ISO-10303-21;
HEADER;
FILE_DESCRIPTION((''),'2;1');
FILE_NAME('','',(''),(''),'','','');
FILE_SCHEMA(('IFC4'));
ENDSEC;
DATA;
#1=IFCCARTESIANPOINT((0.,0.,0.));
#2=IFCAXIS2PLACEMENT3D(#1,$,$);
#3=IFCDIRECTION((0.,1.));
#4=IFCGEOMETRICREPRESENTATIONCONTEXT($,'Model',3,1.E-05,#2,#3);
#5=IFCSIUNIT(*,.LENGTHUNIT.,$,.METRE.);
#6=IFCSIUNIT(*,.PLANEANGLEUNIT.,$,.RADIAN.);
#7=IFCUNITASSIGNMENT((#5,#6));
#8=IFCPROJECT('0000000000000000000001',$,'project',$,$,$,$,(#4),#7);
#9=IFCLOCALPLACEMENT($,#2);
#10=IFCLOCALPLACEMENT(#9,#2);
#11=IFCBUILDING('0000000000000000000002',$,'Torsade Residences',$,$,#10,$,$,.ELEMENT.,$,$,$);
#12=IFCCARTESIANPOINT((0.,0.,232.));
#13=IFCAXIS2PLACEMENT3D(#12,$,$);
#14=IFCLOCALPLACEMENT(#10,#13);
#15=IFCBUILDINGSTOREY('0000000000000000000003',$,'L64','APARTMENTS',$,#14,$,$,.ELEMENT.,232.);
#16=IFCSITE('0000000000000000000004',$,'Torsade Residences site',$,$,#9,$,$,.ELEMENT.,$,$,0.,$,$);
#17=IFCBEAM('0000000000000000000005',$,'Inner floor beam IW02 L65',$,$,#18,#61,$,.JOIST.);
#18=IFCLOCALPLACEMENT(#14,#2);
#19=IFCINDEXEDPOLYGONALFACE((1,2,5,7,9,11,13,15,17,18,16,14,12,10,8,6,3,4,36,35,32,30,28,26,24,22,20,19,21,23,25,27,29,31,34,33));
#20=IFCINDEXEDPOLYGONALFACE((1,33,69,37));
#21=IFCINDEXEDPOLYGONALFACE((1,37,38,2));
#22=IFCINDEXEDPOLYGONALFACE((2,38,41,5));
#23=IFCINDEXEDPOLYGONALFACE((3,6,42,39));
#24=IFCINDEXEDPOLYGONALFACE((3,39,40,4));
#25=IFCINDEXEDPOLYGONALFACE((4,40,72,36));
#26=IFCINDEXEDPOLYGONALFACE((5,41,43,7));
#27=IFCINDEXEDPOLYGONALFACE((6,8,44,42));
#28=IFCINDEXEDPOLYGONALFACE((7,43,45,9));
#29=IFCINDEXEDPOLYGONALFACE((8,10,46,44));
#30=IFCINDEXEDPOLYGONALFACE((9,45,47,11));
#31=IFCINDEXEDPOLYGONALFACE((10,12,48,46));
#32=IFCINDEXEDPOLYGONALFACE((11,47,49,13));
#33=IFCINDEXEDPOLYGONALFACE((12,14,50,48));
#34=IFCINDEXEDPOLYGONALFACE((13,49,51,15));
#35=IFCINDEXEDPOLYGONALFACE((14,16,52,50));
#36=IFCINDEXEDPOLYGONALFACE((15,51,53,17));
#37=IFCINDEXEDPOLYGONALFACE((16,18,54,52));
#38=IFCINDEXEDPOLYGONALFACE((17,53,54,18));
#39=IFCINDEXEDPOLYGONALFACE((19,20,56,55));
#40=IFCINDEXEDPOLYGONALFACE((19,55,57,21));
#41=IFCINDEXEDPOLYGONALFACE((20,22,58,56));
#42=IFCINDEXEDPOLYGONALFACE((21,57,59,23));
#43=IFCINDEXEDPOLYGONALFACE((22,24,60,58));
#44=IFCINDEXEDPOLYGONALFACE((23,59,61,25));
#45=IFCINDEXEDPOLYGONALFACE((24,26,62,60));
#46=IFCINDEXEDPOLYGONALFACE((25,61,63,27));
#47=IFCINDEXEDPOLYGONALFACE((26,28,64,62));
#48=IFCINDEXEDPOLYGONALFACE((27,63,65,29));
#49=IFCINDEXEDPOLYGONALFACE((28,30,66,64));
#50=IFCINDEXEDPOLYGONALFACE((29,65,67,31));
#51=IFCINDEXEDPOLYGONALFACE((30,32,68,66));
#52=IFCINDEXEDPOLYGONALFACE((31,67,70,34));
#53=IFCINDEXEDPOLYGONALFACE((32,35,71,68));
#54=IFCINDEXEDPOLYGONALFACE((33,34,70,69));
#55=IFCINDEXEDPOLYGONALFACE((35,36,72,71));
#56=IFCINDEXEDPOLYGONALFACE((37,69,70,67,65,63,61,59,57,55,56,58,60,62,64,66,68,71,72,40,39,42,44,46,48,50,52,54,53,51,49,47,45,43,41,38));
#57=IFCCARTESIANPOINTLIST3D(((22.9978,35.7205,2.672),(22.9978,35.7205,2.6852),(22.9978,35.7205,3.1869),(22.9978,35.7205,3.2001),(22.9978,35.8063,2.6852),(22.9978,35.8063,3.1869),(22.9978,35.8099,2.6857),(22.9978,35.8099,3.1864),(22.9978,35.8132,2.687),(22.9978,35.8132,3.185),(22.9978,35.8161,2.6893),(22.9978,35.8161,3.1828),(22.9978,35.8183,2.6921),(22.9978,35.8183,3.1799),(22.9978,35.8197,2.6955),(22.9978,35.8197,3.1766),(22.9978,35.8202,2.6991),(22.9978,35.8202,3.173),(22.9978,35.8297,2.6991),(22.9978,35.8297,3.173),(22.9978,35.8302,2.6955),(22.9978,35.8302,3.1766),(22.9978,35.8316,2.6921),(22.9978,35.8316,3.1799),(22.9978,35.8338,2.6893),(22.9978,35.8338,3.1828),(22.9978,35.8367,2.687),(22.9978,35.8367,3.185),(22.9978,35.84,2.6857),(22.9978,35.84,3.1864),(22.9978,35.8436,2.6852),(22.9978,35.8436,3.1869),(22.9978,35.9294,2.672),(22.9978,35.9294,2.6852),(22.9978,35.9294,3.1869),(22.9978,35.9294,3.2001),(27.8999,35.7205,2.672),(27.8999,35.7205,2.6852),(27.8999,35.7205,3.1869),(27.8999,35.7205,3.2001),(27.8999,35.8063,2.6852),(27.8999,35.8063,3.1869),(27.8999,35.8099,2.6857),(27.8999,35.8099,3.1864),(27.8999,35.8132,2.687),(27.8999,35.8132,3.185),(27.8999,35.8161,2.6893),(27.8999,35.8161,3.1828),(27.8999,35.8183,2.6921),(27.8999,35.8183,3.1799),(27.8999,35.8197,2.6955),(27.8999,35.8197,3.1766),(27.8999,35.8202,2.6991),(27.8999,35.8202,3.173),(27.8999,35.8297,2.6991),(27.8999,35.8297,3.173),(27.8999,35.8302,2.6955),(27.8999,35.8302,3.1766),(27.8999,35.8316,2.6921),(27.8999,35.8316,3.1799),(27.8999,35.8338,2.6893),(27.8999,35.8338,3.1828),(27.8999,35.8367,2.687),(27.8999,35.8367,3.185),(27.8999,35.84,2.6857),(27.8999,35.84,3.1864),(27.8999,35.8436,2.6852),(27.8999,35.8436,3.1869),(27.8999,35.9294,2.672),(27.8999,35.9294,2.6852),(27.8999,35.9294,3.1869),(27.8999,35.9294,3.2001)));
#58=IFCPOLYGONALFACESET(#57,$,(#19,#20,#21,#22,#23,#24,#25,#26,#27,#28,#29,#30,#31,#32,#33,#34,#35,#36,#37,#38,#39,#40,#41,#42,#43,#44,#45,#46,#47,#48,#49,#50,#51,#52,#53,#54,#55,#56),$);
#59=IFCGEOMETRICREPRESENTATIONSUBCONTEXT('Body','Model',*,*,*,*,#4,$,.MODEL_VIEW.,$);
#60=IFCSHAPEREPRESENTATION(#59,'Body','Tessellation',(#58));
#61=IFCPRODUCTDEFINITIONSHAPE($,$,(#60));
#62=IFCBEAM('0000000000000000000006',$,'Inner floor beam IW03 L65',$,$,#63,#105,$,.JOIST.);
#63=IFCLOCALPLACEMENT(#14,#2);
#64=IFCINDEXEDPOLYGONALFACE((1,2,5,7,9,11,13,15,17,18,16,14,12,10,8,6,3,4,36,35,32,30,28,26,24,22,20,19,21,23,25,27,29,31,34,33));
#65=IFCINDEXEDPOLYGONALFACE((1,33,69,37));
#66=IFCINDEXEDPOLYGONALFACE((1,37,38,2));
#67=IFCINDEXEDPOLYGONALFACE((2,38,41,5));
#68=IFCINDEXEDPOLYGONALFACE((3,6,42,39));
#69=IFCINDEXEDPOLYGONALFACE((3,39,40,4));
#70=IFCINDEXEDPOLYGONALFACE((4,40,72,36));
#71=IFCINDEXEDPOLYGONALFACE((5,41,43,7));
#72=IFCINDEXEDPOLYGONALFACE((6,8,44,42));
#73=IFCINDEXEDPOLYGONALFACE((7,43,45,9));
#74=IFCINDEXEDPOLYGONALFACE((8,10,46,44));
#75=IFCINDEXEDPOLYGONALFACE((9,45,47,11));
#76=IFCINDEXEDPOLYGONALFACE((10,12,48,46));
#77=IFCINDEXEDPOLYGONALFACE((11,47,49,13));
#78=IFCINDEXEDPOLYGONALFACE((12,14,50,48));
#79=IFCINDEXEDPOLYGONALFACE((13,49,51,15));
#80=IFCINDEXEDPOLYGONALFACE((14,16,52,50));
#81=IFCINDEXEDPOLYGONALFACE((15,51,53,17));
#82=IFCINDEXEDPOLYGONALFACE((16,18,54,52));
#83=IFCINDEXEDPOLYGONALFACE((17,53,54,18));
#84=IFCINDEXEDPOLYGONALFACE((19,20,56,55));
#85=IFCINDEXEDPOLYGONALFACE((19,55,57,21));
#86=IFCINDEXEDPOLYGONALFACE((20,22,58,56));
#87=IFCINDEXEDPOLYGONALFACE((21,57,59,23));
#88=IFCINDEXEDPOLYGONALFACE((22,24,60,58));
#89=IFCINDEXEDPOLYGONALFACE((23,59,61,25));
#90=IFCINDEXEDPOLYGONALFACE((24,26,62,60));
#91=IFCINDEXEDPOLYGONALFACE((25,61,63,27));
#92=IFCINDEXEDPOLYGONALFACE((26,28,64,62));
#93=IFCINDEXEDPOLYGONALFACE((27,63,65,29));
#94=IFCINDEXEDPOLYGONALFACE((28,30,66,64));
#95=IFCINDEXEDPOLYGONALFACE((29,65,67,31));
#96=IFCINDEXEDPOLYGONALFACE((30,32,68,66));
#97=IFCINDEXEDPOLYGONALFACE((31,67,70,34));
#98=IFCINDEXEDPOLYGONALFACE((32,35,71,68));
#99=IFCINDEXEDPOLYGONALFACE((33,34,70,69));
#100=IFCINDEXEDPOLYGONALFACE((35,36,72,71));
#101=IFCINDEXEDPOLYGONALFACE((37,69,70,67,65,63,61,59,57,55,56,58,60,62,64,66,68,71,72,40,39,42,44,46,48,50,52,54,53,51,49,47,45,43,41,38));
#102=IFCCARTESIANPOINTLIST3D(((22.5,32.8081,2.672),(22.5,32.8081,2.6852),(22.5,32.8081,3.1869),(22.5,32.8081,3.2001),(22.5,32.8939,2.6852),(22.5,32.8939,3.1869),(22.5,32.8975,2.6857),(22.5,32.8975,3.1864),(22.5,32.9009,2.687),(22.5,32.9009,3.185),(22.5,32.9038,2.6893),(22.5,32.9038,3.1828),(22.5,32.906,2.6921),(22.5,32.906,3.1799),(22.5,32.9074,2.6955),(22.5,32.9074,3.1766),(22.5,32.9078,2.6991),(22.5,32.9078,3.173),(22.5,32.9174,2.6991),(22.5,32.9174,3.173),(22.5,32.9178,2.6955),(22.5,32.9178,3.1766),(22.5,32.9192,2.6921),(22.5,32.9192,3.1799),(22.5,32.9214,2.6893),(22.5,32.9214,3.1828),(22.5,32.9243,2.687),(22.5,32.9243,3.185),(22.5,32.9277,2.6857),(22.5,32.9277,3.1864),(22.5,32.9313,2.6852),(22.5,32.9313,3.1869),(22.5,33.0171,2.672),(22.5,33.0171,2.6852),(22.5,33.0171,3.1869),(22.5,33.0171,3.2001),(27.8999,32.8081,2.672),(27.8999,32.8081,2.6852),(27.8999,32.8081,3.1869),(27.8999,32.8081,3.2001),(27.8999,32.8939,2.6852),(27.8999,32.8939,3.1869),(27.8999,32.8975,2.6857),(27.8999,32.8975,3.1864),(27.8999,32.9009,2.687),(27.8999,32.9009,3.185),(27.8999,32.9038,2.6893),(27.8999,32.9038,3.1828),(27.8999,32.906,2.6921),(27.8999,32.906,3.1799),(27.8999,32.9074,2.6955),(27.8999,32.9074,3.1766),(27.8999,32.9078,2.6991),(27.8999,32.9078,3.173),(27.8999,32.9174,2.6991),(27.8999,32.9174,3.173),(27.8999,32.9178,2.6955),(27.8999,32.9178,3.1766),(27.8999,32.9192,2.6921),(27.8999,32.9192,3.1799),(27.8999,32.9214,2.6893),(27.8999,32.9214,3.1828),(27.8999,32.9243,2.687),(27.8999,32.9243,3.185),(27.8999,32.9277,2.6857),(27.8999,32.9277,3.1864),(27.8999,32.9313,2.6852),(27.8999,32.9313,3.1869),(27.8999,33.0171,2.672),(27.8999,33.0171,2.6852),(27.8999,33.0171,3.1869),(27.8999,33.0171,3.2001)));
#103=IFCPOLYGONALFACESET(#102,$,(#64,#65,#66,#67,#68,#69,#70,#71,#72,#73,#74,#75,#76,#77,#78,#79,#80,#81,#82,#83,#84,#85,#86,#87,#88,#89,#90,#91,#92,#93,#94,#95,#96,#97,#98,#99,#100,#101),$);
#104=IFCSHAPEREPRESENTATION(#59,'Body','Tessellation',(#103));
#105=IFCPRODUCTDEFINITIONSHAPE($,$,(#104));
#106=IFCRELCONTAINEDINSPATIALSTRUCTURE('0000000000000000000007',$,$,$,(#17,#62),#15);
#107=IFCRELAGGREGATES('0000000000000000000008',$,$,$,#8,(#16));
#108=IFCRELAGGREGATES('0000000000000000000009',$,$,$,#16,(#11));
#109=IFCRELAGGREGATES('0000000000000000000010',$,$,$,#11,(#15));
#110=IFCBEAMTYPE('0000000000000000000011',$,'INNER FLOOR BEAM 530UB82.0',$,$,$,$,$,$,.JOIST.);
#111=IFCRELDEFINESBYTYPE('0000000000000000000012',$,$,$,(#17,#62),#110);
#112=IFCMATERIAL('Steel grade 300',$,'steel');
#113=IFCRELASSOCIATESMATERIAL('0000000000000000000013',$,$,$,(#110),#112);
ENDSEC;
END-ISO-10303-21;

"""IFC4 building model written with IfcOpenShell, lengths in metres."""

from ifc_helpers import new_model, si_unit, direction, frame, origin, origin_2d, place, context, subcontext, project, spatial, i_section, extrude, material, material_profile, profile_set, type_object, element, save


model = new_model("IFC4")

# Units and contexts
model_context = context("Model", 3, precision=1e-05, world=origin(), true_north=direction((0.0, 1.0)))
body_context = subcontext(model_context, "Body", "Model", "MODEL_VIEW")
ifc_project = project(units=[si_unit("LENGTHUNIT", "METRE"), si_unit("PLANEANGLEUNIT", "RADIAN")], contexts=[model_context])

# Site, building, storey
site_placement = place(None, origin())
site = spatial("IfcSite", under=ifc_project, at=site_placement, Name="Torsade Residences site", CompositionType="ELEMENT", RefElevation=0.0)
building_placement = place(site_placement, origin())
building = spatial("IfcBuilding", under=site, at=building_placement, Name="Torsade Residences", CompositionType="ELEMENT")
storey_placement = place(building_placement, frame((0.0, 0.0, 232.0)))
storey = spatial("IfcBuildingStorey", under=building, at=storey_placement, Name="L64", Description="APARTMENTS", CompositionType="ELEMENT", Elevation=232.0)

# Beams
ifc_material_1 = material(Name="Steel grade 300", Category="steel")
ifc_material_profile = material_profile(ifc_material_1, i_section(OverallWidth=0.209, OverallDepth=0.5281, WebThickness=0.0095, FlangeThickness=0.0132, FilletRadius=0.0139, at=origin_2d()), Name="530UB82.0")
ifc_profile_set = profile_set([ifc_material_profile], Name="Steel grade 300")
beam_type = type_object("IfcBeamType", Name="INNER FLOOR BEAM 530UB82.0", PredefinedType="JOIST", material=ifc_profile_set)
beam_1_placement = place(storey_placement, frame((27.8999, 35.825, 2.936), z_axis=(-1.0, 0.0, 0.0), x_axis=(0.0, -1.0, 0.0)))
element("IfcBeam", 1, at=beam_1_placement, inside=storey, type_object=beam_type, Name="Inner floor beam IW02 L65", PredefinedType="JOIST", context=body_context, shape_type="SweptSolid", body=[
    extrude(i_section(OverallWidth=0.209, OverallDepth=0.5281, WebThickness=0.0095, FlangeThickness=0.0132, FilletRadius=0.0139, at=origin_2d()), origin(), (0.0, 0.0, 1.0), 4.9021),
])
beam_2_placement = place(storey_placement, frame((27.8999, 32.9126, 2.936), z_axis=(-1.0, 0.0, 0.0), x_axis=(0.0, -1.0, 0.0)))
element("IfcBeam", 2, at=beam_2_placement, inside=storey, type_object=beam_type, Name="Inner floor beam IW03 L65", PredefinedType="JOIST", context=body_context, shape_type="SweptSolid", body=[
    extrude(i_section(OverallWidth=0.209, OverallDepth=0.5281, WebThickness=0.0095, FlangeThickness=0.0132, FilletRadius=0.0139, at=origin_2d()), origin(), (0.0, 0.0, 1.0), 5.3999),
])

save(model, "model.ifc")
